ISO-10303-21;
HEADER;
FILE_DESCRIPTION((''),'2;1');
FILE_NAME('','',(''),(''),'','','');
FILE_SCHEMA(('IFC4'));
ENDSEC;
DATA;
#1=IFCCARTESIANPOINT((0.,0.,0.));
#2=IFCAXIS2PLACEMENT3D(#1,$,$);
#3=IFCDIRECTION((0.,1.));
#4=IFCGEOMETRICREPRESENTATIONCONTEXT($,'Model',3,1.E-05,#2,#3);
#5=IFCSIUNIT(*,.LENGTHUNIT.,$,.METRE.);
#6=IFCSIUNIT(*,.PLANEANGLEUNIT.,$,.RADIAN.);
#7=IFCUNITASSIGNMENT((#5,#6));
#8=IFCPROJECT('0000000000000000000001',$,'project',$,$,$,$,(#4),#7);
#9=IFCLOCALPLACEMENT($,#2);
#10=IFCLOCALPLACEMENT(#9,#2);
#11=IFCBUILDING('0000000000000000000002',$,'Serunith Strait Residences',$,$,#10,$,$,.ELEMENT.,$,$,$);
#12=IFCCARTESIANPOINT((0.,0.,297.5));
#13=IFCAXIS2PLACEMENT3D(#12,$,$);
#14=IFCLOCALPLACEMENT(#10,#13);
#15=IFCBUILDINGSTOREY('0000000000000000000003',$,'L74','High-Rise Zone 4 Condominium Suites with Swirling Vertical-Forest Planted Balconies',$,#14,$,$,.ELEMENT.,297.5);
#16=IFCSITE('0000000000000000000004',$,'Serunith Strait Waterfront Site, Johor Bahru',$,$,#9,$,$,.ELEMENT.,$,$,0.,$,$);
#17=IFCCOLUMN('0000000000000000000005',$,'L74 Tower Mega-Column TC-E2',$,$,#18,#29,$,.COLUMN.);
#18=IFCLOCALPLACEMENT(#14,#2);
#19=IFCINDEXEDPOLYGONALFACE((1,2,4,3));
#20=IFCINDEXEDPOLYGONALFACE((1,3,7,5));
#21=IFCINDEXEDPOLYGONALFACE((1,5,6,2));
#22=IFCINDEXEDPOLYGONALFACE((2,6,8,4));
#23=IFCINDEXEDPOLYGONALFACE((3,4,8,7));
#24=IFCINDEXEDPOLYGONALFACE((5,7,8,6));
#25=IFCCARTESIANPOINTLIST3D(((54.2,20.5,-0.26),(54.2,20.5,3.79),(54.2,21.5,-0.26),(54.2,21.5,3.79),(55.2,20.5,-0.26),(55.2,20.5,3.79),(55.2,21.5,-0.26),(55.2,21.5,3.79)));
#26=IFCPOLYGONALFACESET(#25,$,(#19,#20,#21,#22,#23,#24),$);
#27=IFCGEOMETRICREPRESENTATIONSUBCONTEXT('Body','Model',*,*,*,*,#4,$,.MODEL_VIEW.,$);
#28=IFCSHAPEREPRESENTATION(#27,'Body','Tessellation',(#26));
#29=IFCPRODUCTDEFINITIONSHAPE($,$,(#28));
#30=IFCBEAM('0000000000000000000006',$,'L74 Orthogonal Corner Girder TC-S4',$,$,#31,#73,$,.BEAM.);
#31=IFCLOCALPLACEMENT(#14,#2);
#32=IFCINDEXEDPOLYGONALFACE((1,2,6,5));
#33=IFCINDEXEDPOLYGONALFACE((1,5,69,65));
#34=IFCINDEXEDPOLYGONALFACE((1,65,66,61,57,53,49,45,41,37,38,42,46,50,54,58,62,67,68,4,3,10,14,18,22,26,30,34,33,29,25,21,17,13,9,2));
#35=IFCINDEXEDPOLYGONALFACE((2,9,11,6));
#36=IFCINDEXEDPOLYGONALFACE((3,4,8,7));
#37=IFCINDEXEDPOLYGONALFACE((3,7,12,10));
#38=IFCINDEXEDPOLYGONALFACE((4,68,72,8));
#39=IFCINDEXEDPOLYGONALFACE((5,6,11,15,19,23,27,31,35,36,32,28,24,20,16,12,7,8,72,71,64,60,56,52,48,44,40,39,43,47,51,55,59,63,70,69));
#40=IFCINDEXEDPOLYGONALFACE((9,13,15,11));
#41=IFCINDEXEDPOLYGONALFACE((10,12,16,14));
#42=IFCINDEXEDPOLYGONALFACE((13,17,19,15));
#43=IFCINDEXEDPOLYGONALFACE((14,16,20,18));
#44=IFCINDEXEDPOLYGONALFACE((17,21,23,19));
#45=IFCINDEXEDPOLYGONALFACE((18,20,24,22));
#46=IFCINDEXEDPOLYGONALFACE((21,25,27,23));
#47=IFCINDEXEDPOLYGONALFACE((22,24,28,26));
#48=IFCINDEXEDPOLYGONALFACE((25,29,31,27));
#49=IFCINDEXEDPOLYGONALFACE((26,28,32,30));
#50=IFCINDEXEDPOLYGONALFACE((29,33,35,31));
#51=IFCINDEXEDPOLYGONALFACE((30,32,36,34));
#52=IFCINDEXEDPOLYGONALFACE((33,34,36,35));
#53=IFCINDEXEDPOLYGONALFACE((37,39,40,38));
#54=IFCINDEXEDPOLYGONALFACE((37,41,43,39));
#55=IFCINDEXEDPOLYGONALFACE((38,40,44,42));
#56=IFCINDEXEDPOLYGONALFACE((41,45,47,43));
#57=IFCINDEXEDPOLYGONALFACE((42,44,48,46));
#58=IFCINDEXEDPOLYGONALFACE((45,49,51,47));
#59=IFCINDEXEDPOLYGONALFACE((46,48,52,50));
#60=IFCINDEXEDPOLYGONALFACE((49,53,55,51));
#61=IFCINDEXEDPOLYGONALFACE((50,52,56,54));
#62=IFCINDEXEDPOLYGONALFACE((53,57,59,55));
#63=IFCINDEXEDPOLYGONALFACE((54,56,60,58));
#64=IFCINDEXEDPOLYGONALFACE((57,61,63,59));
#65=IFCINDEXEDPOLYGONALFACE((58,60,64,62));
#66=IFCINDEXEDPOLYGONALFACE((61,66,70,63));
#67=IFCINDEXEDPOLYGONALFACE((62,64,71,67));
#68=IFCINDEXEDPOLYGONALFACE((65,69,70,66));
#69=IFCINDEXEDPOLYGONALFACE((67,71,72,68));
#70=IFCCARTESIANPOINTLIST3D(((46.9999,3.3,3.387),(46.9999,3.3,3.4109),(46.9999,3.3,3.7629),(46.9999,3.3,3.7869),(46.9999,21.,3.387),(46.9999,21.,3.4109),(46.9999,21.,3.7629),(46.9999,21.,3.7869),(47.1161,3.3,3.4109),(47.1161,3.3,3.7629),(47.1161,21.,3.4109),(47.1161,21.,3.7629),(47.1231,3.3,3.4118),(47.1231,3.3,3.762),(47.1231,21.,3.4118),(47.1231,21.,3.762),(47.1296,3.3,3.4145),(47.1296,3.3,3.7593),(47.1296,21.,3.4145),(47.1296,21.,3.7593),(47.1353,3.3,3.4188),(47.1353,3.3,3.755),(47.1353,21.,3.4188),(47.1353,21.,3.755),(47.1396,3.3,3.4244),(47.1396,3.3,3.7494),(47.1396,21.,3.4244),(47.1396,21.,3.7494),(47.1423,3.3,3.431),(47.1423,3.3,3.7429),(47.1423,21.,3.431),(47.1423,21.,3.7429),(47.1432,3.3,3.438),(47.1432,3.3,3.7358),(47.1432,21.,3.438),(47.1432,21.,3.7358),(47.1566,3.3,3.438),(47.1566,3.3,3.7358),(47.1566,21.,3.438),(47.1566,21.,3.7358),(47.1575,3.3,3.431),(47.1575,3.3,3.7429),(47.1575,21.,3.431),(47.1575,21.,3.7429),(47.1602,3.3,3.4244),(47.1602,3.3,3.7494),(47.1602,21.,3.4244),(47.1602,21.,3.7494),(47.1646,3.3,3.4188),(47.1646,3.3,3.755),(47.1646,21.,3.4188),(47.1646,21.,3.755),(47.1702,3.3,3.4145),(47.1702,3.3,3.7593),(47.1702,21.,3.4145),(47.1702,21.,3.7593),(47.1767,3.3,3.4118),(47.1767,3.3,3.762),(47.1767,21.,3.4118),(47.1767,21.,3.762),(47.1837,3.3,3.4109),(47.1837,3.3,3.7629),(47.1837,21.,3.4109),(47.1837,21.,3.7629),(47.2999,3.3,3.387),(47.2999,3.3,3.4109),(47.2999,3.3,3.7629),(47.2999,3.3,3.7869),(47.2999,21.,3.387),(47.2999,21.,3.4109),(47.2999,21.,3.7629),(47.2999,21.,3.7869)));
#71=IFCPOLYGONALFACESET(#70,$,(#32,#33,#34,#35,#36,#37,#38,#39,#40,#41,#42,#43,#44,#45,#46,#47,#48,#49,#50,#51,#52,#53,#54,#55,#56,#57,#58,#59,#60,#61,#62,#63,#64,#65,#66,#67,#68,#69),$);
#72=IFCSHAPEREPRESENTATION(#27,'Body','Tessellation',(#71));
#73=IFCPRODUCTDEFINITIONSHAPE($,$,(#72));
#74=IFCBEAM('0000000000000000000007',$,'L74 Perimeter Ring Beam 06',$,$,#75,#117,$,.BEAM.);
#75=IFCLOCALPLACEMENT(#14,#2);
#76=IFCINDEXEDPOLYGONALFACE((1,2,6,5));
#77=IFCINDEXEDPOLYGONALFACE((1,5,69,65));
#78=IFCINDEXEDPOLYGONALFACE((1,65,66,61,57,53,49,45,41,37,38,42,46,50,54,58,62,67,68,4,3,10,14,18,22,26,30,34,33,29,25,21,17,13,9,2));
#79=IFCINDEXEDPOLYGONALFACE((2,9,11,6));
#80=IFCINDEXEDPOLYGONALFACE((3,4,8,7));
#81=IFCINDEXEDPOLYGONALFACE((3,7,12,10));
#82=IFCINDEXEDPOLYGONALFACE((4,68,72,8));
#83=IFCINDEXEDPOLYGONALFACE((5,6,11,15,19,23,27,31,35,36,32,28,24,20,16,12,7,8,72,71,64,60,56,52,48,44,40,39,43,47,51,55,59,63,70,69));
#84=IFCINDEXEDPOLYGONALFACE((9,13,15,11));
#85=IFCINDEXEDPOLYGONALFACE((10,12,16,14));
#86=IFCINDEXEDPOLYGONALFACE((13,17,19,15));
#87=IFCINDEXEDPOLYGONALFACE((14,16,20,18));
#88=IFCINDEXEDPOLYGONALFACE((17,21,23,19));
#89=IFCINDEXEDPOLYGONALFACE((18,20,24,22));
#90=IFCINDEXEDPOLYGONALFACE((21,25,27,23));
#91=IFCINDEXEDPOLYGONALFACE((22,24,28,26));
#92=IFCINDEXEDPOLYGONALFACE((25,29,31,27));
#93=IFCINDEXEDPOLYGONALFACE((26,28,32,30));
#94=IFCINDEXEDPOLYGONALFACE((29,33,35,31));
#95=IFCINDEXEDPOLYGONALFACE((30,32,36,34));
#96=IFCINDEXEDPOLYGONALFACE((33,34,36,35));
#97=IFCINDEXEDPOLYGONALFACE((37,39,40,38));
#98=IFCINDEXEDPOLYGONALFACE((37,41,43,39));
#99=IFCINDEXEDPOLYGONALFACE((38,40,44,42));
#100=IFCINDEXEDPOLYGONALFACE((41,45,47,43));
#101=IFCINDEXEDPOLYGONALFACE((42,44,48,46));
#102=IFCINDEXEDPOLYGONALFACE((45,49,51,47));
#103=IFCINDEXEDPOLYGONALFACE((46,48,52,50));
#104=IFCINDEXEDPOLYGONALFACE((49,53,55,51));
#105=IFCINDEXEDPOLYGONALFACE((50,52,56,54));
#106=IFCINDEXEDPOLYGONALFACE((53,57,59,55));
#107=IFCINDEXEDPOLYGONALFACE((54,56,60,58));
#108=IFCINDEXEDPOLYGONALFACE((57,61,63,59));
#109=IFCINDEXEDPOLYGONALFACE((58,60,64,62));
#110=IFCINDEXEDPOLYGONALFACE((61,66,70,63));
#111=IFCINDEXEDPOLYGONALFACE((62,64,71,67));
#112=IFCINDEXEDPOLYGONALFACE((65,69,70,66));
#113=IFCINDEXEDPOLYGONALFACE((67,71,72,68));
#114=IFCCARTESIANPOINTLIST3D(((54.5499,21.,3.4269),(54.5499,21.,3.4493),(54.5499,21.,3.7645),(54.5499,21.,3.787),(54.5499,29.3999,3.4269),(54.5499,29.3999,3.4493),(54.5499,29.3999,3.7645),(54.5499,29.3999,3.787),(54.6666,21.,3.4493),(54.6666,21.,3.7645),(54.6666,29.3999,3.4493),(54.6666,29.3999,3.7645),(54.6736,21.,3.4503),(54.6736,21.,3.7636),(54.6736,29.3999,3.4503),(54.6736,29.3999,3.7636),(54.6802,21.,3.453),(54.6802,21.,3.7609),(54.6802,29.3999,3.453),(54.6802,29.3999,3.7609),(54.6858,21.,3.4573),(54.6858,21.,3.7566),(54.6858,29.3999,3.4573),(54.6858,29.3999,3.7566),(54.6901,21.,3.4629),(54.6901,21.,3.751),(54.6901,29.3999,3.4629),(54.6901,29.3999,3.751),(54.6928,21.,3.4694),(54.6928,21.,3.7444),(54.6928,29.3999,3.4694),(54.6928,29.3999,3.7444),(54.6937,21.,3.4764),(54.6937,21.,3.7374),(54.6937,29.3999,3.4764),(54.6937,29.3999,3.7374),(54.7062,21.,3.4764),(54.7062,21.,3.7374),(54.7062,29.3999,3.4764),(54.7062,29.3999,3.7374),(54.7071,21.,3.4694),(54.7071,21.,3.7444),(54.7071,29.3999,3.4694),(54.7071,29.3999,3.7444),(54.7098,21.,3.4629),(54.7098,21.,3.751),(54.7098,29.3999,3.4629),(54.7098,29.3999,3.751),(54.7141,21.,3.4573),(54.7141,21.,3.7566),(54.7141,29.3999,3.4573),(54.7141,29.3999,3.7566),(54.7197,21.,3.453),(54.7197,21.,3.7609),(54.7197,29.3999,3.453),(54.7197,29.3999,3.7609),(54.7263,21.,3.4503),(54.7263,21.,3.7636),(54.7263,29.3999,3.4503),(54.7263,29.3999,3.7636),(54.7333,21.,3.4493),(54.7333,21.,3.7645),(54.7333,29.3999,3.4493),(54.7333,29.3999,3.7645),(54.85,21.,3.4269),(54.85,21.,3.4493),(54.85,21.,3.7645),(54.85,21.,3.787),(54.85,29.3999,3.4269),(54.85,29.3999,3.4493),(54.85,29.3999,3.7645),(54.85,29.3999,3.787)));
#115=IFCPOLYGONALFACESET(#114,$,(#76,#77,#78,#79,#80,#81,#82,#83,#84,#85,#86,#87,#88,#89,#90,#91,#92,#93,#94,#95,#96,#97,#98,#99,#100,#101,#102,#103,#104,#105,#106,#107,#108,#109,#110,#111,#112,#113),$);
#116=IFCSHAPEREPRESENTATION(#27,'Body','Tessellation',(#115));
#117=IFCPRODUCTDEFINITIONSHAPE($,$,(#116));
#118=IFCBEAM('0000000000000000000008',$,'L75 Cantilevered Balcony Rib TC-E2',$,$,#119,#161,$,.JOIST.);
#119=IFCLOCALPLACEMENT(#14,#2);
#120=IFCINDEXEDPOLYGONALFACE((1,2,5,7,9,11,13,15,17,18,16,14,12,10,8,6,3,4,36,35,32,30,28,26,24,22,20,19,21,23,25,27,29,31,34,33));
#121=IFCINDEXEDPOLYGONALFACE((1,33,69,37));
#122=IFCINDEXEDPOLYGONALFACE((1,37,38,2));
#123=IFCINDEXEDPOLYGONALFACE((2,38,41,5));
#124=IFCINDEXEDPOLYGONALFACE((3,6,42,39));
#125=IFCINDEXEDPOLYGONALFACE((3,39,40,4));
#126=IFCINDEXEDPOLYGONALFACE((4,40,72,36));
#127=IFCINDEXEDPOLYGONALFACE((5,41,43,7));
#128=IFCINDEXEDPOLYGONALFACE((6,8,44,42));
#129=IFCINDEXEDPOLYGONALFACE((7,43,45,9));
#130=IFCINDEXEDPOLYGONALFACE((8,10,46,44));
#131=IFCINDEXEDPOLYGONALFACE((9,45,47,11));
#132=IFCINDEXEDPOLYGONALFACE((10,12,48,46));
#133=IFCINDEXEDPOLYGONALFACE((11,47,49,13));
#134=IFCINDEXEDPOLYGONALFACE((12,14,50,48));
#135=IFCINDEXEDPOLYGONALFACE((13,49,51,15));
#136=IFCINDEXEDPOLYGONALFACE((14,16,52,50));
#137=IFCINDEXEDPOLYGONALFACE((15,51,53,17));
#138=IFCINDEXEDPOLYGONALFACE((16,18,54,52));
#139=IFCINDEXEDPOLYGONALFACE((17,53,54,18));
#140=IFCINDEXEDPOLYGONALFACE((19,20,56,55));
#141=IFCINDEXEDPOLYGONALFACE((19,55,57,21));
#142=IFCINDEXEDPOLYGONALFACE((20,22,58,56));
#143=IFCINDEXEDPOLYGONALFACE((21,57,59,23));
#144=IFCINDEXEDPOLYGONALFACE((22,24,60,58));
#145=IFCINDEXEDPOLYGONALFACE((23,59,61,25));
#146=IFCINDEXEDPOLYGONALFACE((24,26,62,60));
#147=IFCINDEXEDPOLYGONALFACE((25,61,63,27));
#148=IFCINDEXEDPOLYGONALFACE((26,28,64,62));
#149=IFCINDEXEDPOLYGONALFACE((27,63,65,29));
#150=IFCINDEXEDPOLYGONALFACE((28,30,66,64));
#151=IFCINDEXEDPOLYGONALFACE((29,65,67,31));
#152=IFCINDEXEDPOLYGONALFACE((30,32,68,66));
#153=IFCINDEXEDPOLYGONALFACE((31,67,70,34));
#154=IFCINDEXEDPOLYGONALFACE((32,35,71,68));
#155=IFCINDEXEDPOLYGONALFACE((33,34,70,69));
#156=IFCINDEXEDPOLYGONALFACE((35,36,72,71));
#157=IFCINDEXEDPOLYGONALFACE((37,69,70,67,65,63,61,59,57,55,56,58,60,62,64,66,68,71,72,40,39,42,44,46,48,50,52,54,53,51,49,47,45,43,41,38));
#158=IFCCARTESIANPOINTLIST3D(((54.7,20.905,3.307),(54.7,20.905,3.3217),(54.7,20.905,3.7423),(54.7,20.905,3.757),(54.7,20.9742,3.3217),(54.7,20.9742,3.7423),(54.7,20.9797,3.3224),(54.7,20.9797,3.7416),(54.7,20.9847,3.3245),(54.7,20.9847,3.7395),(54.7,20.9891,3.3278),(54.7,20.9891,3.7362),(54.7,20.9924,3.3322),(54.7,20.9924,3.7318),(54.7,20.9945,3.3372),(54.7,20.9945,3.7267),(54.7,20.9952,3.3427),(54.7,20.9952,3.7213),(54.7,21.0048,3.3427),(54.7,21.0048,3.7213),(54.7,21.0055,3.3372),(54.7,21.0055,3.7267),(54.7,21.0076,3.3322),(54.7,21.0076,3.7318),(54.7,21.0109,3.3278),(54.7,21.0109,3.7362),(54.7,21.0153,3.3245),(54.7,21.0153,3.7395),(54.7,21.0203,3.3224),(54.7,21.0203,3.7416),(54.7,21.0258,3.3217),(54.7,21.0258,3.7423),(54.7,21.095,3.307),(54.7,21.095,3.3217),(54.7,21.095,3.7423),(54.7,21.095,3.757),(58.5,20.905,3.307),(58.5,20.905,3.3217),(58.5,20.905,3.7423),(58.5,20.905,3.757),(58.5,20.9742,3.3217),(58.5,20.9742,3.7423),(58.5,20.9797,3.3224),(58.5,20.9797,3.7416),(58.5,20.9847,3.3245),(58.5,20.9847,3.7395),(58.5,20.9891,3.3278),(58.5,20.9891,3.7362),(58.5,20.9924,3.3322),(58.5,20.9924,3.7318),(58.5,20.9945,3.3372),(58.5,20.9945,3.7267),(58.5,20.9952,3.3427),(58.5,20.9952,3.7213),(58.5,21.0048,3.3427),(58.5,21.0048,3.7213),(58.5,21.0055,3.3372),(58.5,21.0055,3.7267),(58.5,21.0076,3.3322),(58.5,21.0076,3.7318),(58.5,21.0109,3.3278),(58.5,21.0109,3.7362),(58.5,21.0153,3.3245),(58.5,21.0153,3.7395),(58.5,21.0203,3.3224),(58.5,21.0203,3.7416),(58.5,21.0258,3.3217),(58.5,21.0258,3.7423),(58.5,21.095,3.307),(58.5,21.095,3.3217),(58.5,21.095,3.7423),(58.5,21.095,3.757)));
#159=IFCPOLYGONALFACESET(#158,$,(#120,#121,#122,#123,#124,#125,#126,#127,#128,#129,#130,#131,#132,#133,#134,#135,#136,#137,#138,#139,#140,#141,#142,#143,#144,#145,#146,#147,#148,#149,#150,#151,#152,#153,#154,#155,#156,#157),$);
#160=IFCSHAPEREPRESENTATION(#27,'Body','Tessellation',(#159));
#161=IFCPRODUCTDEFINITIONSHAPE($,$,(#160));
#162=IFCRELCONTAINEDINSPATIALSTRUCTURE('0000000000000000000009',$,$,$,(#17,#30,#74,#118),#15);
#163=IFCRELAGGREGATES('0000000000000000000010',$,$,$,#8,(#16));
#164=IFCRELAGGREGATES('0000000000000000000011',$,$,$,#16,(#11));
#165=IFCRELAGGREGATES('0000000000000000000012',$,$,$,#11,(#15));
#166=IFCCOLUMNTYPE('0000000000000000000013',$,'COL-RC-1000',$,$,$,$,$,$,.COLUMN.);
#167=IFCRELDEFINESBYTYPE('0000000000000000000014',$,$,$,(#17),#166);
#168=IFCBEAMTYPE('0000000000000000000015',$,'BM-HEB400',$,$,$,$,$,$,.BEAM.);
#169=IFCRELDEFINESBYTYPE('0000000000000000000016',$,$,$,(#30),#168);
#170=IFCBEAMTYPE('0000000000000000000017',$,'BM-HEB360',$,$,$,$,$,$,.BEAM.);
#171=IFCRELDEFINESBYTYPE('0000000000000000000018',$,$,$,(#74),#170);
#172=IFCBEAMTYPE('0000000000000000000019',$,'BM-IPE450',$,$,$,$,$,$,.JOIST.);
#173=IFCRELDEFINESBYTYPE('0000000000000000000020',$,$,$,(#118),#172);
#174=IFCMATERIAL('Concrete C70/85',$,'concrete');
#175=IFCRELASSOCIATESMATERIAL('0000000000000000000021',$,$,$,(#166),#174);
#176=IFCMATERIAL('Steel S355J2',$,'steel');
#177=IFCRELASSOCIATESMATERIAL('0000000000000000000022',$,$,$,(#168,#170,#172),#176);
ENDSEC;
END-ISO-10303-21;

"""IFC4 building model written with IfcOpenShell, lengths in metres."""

from ifc_helpers import new_model, si_unit, direction, frame, origin, origin_2d, place, context, subcontext, project, spatial, rectangle, i_section, extrude, source, transform, mapped, material, material_profile, profile_set, type_object, element, save


model = new_model("IFC4")

# Units and contexts
model_context = context("Model", 3, precision=1e-05, world=origin(), true_north=direction((0.0, 1.0)))
body_context = subcontext(model_context, "Body", "Model", "MODEL_VIEW")
ifc_project = project(units=[si_unit("LENGTHUNIT", "METRE"), si_unit("PLANEANGLEUNIT", "RADIAN")], contexts=[model_context])

# Site, building, storey
site_placement = place(None, origin())
site = spatial("IfcSite", under=ifc_project, at=site_placement, Name="Serunith Strait Waterfront Site, Johor Bahru", CompositionType="ELEMENT", RefElevation=0.0)
building_placement = place(site_placement, origin())
building = spatial("IfcBuilding", under=site, at=building_placement, Name="Serunith Strait Residences", CompositionType="ELEMENT")
storey_placement = place(building_placement, frame((0.0, 0.0, 297.5)))
storey = spatial("IfcBuildingStorey", under=building, at=storey_placement, Name="L74", Description="High-Rise Zone 4 Condominium Suites with Swirling Vertical-Forest Planted Balconies", CompositionType="ELEMENT", Elevation=297.5)

# Column
ifc_material_1 = material(Name="Concrete C70/85", Category="concrete")
ifc_material_profile_1 = material_profile(ifc_material_1, rectangle(XDim=1.0, YDim=1.0, at=origin_2d()), Name="RC 1000x1000")
ifc_profile_set_1 = profile_set([ifc_material_profile_1], Name="Concrete C70/85")
column_type = type_object("IfcColumnType", Name="COL-RC-1000", PredefinedType="COLUMN", material=ifc_profile_set_1)
shared_shape_1 = source(origin(), body_context, "Body", "SweptSolid", [
    extrude(rectangle(XDim=1.0, YDim=1.0, at=origin_2d()), origin(), (0.0, 0.0, 1.0), 4.05),
])
column_placement = place(storey_placement, frame((54.7, 21.0, -0.26), z_axis=(0.0, 0.0, 1.0), x_axis=(1.0, 0.0, 0.0)))
element("IfcColumn", 1, at=column_placement, inside=storey, type_object=column_type, Name="L74 Tower Mega-Column TC-E2", PredefinedType="COLUMN", context=body_context, shape_type="MappedRepresentation", body=[
    mapped(shared_shape_1, transform((0.0, 0.0, 0.0), scale=1.0)),
])

# Beams
ifc_material_2 = material(Name="Steel S355J2", Category="steel")
ifc_material_profile_2 = material_profile(ifc_material_2, i_section(OverallWidth=0.3, OverallDepth=0.3999, WebThickness=0.0134, FlangeThickness=0.0239, FilletRadius=0.0271, at=origin_2d()), Name="HEB 400")
ifc_profile_set_2 = profile_set([ifc_material_profile_2], Name="Steel S355J2")
beam_type_1 = type_object("IfcBeamType", Name="BM-HEB400", PredefinedType="BEAM", material=ifc_profile_set_2)
shared_shape_2 = source(origin(), body_context, "Body", "SweptSolid", [
    extrude(i_section(OverallWidth=0.3, OverallDepth=0.3999, WebThickness=0.0134, FlangeThickness=0.0239, FilletRadius=0.0271, at=origin_2d()), origin(), (0.0, 0.0, 1.0), 17.7),
])
beam_1_placement = place(storey_placement, frame((47.1499, 21.0, 3.5869), z_axis=(0.0, -1.0, 0.0), x_axis=(1.0, 0.0, 0.0)))
element("IfcBeam", 2, at=beam_1_placement, inside=storey, type_object=beam_type_1, Name="L74 Orthogonal Corner Girder TC-S4", PredefinedType="BEAM", context=body_context, shape_type="MappedRepresentation", body=[
    mapped(shared_shape_2, transform((0.0, 0.0, 0.0), scale=1.0)),
])
ifc_material_profile_3 = material_profile(ifc_material_2, i_section(OverallWidth=0.3, OverallDepth=0.3601, WebThickness=0.0125, FlangeThickness=0.0225, FilletRadius=0.0271, at=origin_2d()), Name="HEB 360")
ifc_profile_set_3 = profile_set([ifc_material_profile_3], Name="Steel S355J2")
beam_type_2 = type_object("IfcBeamType", Name="BM-HEB360", PredefinedType="BEAM", material=ifc_profile_set_3)
shared_shape_3 = source(origin(), body_context, "Body", "SweptSolid", [
    extrude(i_section(OverallWidth=0.3, OverallDepth=0.3601, WebThickness=0.0125, FlangeThickness=0.0225, FilletRadius=0.0271, at=origin_2d()), origin(), (0.0, 0.0, 1.0), 8.3999),
])
beam_2_placement = place(storey_placement, frame((54.7, 21.0, 3.6069), z_axis=(0.0, 1.0, 0.0), x_axis=(-1.0, 0.0, 0.0)))
element("IfcBeam", 3, at=beam_2_placement, inside=storey, type_object=beam_type_2, Name="L74 Perimeter Ring Beam 06", PredefinedType="BEAM", context=body_context, shape_type="MappedRepresentation", body=[
    mapped(shared_shape_3, transform((0.0, 0.0, 0.0), scale=1.0)),
])
ifc_material_profile_4 = material_profile(ifc_material_2, i_section(OverallWidth=0.1899, OverallDepth=0.45, WebThickness=0.0095, FlangeThickness=0.0146, FilletRadius=0.021, at=origin_2d()), Name="IPE 450")
ifc_profile_set_4 = profile_set([ifc_material_profile_4], Name="Steel S355J2")
beam_type_3 = type_object("IfcBeamType", Name="BM-IPE450", PredefinedType="JOIST", material=ifc_profile_set_4)
shared_shape_4 = source(origin(), body_context, "Body", "SweptSolid", [
    extrude(i_section(OverallWidth=0.1899, OverallDepth=0.45, WebThickness=0.0095, FlangeThickness=0.0146, FilletRadius=0.021, at=origin_2d()), origin(), (0.0, 0.0, 1.0), 3.8),
])
beam_3_placement = place(storey_placement, frame((54.7, 21.0, 3.532), z_axis=(1.0, 0.0, 0.0), x_axis=(0.0, 1.0, 0.0)))
element("IfcBeam", 4, at=beam_3_placement, inside=storey, type_object=beam_type_3, Name="L75 Cantilevered Balcony Rib TC-E2", PredefinedType="JOIST", context=body_context, shape_type="MappedRepresentation", body=[
    mapped(shared_shape_4, transform((0.0, 0.0, 0.0), scale=1.0)),
])

save(model, "model.ifc")
